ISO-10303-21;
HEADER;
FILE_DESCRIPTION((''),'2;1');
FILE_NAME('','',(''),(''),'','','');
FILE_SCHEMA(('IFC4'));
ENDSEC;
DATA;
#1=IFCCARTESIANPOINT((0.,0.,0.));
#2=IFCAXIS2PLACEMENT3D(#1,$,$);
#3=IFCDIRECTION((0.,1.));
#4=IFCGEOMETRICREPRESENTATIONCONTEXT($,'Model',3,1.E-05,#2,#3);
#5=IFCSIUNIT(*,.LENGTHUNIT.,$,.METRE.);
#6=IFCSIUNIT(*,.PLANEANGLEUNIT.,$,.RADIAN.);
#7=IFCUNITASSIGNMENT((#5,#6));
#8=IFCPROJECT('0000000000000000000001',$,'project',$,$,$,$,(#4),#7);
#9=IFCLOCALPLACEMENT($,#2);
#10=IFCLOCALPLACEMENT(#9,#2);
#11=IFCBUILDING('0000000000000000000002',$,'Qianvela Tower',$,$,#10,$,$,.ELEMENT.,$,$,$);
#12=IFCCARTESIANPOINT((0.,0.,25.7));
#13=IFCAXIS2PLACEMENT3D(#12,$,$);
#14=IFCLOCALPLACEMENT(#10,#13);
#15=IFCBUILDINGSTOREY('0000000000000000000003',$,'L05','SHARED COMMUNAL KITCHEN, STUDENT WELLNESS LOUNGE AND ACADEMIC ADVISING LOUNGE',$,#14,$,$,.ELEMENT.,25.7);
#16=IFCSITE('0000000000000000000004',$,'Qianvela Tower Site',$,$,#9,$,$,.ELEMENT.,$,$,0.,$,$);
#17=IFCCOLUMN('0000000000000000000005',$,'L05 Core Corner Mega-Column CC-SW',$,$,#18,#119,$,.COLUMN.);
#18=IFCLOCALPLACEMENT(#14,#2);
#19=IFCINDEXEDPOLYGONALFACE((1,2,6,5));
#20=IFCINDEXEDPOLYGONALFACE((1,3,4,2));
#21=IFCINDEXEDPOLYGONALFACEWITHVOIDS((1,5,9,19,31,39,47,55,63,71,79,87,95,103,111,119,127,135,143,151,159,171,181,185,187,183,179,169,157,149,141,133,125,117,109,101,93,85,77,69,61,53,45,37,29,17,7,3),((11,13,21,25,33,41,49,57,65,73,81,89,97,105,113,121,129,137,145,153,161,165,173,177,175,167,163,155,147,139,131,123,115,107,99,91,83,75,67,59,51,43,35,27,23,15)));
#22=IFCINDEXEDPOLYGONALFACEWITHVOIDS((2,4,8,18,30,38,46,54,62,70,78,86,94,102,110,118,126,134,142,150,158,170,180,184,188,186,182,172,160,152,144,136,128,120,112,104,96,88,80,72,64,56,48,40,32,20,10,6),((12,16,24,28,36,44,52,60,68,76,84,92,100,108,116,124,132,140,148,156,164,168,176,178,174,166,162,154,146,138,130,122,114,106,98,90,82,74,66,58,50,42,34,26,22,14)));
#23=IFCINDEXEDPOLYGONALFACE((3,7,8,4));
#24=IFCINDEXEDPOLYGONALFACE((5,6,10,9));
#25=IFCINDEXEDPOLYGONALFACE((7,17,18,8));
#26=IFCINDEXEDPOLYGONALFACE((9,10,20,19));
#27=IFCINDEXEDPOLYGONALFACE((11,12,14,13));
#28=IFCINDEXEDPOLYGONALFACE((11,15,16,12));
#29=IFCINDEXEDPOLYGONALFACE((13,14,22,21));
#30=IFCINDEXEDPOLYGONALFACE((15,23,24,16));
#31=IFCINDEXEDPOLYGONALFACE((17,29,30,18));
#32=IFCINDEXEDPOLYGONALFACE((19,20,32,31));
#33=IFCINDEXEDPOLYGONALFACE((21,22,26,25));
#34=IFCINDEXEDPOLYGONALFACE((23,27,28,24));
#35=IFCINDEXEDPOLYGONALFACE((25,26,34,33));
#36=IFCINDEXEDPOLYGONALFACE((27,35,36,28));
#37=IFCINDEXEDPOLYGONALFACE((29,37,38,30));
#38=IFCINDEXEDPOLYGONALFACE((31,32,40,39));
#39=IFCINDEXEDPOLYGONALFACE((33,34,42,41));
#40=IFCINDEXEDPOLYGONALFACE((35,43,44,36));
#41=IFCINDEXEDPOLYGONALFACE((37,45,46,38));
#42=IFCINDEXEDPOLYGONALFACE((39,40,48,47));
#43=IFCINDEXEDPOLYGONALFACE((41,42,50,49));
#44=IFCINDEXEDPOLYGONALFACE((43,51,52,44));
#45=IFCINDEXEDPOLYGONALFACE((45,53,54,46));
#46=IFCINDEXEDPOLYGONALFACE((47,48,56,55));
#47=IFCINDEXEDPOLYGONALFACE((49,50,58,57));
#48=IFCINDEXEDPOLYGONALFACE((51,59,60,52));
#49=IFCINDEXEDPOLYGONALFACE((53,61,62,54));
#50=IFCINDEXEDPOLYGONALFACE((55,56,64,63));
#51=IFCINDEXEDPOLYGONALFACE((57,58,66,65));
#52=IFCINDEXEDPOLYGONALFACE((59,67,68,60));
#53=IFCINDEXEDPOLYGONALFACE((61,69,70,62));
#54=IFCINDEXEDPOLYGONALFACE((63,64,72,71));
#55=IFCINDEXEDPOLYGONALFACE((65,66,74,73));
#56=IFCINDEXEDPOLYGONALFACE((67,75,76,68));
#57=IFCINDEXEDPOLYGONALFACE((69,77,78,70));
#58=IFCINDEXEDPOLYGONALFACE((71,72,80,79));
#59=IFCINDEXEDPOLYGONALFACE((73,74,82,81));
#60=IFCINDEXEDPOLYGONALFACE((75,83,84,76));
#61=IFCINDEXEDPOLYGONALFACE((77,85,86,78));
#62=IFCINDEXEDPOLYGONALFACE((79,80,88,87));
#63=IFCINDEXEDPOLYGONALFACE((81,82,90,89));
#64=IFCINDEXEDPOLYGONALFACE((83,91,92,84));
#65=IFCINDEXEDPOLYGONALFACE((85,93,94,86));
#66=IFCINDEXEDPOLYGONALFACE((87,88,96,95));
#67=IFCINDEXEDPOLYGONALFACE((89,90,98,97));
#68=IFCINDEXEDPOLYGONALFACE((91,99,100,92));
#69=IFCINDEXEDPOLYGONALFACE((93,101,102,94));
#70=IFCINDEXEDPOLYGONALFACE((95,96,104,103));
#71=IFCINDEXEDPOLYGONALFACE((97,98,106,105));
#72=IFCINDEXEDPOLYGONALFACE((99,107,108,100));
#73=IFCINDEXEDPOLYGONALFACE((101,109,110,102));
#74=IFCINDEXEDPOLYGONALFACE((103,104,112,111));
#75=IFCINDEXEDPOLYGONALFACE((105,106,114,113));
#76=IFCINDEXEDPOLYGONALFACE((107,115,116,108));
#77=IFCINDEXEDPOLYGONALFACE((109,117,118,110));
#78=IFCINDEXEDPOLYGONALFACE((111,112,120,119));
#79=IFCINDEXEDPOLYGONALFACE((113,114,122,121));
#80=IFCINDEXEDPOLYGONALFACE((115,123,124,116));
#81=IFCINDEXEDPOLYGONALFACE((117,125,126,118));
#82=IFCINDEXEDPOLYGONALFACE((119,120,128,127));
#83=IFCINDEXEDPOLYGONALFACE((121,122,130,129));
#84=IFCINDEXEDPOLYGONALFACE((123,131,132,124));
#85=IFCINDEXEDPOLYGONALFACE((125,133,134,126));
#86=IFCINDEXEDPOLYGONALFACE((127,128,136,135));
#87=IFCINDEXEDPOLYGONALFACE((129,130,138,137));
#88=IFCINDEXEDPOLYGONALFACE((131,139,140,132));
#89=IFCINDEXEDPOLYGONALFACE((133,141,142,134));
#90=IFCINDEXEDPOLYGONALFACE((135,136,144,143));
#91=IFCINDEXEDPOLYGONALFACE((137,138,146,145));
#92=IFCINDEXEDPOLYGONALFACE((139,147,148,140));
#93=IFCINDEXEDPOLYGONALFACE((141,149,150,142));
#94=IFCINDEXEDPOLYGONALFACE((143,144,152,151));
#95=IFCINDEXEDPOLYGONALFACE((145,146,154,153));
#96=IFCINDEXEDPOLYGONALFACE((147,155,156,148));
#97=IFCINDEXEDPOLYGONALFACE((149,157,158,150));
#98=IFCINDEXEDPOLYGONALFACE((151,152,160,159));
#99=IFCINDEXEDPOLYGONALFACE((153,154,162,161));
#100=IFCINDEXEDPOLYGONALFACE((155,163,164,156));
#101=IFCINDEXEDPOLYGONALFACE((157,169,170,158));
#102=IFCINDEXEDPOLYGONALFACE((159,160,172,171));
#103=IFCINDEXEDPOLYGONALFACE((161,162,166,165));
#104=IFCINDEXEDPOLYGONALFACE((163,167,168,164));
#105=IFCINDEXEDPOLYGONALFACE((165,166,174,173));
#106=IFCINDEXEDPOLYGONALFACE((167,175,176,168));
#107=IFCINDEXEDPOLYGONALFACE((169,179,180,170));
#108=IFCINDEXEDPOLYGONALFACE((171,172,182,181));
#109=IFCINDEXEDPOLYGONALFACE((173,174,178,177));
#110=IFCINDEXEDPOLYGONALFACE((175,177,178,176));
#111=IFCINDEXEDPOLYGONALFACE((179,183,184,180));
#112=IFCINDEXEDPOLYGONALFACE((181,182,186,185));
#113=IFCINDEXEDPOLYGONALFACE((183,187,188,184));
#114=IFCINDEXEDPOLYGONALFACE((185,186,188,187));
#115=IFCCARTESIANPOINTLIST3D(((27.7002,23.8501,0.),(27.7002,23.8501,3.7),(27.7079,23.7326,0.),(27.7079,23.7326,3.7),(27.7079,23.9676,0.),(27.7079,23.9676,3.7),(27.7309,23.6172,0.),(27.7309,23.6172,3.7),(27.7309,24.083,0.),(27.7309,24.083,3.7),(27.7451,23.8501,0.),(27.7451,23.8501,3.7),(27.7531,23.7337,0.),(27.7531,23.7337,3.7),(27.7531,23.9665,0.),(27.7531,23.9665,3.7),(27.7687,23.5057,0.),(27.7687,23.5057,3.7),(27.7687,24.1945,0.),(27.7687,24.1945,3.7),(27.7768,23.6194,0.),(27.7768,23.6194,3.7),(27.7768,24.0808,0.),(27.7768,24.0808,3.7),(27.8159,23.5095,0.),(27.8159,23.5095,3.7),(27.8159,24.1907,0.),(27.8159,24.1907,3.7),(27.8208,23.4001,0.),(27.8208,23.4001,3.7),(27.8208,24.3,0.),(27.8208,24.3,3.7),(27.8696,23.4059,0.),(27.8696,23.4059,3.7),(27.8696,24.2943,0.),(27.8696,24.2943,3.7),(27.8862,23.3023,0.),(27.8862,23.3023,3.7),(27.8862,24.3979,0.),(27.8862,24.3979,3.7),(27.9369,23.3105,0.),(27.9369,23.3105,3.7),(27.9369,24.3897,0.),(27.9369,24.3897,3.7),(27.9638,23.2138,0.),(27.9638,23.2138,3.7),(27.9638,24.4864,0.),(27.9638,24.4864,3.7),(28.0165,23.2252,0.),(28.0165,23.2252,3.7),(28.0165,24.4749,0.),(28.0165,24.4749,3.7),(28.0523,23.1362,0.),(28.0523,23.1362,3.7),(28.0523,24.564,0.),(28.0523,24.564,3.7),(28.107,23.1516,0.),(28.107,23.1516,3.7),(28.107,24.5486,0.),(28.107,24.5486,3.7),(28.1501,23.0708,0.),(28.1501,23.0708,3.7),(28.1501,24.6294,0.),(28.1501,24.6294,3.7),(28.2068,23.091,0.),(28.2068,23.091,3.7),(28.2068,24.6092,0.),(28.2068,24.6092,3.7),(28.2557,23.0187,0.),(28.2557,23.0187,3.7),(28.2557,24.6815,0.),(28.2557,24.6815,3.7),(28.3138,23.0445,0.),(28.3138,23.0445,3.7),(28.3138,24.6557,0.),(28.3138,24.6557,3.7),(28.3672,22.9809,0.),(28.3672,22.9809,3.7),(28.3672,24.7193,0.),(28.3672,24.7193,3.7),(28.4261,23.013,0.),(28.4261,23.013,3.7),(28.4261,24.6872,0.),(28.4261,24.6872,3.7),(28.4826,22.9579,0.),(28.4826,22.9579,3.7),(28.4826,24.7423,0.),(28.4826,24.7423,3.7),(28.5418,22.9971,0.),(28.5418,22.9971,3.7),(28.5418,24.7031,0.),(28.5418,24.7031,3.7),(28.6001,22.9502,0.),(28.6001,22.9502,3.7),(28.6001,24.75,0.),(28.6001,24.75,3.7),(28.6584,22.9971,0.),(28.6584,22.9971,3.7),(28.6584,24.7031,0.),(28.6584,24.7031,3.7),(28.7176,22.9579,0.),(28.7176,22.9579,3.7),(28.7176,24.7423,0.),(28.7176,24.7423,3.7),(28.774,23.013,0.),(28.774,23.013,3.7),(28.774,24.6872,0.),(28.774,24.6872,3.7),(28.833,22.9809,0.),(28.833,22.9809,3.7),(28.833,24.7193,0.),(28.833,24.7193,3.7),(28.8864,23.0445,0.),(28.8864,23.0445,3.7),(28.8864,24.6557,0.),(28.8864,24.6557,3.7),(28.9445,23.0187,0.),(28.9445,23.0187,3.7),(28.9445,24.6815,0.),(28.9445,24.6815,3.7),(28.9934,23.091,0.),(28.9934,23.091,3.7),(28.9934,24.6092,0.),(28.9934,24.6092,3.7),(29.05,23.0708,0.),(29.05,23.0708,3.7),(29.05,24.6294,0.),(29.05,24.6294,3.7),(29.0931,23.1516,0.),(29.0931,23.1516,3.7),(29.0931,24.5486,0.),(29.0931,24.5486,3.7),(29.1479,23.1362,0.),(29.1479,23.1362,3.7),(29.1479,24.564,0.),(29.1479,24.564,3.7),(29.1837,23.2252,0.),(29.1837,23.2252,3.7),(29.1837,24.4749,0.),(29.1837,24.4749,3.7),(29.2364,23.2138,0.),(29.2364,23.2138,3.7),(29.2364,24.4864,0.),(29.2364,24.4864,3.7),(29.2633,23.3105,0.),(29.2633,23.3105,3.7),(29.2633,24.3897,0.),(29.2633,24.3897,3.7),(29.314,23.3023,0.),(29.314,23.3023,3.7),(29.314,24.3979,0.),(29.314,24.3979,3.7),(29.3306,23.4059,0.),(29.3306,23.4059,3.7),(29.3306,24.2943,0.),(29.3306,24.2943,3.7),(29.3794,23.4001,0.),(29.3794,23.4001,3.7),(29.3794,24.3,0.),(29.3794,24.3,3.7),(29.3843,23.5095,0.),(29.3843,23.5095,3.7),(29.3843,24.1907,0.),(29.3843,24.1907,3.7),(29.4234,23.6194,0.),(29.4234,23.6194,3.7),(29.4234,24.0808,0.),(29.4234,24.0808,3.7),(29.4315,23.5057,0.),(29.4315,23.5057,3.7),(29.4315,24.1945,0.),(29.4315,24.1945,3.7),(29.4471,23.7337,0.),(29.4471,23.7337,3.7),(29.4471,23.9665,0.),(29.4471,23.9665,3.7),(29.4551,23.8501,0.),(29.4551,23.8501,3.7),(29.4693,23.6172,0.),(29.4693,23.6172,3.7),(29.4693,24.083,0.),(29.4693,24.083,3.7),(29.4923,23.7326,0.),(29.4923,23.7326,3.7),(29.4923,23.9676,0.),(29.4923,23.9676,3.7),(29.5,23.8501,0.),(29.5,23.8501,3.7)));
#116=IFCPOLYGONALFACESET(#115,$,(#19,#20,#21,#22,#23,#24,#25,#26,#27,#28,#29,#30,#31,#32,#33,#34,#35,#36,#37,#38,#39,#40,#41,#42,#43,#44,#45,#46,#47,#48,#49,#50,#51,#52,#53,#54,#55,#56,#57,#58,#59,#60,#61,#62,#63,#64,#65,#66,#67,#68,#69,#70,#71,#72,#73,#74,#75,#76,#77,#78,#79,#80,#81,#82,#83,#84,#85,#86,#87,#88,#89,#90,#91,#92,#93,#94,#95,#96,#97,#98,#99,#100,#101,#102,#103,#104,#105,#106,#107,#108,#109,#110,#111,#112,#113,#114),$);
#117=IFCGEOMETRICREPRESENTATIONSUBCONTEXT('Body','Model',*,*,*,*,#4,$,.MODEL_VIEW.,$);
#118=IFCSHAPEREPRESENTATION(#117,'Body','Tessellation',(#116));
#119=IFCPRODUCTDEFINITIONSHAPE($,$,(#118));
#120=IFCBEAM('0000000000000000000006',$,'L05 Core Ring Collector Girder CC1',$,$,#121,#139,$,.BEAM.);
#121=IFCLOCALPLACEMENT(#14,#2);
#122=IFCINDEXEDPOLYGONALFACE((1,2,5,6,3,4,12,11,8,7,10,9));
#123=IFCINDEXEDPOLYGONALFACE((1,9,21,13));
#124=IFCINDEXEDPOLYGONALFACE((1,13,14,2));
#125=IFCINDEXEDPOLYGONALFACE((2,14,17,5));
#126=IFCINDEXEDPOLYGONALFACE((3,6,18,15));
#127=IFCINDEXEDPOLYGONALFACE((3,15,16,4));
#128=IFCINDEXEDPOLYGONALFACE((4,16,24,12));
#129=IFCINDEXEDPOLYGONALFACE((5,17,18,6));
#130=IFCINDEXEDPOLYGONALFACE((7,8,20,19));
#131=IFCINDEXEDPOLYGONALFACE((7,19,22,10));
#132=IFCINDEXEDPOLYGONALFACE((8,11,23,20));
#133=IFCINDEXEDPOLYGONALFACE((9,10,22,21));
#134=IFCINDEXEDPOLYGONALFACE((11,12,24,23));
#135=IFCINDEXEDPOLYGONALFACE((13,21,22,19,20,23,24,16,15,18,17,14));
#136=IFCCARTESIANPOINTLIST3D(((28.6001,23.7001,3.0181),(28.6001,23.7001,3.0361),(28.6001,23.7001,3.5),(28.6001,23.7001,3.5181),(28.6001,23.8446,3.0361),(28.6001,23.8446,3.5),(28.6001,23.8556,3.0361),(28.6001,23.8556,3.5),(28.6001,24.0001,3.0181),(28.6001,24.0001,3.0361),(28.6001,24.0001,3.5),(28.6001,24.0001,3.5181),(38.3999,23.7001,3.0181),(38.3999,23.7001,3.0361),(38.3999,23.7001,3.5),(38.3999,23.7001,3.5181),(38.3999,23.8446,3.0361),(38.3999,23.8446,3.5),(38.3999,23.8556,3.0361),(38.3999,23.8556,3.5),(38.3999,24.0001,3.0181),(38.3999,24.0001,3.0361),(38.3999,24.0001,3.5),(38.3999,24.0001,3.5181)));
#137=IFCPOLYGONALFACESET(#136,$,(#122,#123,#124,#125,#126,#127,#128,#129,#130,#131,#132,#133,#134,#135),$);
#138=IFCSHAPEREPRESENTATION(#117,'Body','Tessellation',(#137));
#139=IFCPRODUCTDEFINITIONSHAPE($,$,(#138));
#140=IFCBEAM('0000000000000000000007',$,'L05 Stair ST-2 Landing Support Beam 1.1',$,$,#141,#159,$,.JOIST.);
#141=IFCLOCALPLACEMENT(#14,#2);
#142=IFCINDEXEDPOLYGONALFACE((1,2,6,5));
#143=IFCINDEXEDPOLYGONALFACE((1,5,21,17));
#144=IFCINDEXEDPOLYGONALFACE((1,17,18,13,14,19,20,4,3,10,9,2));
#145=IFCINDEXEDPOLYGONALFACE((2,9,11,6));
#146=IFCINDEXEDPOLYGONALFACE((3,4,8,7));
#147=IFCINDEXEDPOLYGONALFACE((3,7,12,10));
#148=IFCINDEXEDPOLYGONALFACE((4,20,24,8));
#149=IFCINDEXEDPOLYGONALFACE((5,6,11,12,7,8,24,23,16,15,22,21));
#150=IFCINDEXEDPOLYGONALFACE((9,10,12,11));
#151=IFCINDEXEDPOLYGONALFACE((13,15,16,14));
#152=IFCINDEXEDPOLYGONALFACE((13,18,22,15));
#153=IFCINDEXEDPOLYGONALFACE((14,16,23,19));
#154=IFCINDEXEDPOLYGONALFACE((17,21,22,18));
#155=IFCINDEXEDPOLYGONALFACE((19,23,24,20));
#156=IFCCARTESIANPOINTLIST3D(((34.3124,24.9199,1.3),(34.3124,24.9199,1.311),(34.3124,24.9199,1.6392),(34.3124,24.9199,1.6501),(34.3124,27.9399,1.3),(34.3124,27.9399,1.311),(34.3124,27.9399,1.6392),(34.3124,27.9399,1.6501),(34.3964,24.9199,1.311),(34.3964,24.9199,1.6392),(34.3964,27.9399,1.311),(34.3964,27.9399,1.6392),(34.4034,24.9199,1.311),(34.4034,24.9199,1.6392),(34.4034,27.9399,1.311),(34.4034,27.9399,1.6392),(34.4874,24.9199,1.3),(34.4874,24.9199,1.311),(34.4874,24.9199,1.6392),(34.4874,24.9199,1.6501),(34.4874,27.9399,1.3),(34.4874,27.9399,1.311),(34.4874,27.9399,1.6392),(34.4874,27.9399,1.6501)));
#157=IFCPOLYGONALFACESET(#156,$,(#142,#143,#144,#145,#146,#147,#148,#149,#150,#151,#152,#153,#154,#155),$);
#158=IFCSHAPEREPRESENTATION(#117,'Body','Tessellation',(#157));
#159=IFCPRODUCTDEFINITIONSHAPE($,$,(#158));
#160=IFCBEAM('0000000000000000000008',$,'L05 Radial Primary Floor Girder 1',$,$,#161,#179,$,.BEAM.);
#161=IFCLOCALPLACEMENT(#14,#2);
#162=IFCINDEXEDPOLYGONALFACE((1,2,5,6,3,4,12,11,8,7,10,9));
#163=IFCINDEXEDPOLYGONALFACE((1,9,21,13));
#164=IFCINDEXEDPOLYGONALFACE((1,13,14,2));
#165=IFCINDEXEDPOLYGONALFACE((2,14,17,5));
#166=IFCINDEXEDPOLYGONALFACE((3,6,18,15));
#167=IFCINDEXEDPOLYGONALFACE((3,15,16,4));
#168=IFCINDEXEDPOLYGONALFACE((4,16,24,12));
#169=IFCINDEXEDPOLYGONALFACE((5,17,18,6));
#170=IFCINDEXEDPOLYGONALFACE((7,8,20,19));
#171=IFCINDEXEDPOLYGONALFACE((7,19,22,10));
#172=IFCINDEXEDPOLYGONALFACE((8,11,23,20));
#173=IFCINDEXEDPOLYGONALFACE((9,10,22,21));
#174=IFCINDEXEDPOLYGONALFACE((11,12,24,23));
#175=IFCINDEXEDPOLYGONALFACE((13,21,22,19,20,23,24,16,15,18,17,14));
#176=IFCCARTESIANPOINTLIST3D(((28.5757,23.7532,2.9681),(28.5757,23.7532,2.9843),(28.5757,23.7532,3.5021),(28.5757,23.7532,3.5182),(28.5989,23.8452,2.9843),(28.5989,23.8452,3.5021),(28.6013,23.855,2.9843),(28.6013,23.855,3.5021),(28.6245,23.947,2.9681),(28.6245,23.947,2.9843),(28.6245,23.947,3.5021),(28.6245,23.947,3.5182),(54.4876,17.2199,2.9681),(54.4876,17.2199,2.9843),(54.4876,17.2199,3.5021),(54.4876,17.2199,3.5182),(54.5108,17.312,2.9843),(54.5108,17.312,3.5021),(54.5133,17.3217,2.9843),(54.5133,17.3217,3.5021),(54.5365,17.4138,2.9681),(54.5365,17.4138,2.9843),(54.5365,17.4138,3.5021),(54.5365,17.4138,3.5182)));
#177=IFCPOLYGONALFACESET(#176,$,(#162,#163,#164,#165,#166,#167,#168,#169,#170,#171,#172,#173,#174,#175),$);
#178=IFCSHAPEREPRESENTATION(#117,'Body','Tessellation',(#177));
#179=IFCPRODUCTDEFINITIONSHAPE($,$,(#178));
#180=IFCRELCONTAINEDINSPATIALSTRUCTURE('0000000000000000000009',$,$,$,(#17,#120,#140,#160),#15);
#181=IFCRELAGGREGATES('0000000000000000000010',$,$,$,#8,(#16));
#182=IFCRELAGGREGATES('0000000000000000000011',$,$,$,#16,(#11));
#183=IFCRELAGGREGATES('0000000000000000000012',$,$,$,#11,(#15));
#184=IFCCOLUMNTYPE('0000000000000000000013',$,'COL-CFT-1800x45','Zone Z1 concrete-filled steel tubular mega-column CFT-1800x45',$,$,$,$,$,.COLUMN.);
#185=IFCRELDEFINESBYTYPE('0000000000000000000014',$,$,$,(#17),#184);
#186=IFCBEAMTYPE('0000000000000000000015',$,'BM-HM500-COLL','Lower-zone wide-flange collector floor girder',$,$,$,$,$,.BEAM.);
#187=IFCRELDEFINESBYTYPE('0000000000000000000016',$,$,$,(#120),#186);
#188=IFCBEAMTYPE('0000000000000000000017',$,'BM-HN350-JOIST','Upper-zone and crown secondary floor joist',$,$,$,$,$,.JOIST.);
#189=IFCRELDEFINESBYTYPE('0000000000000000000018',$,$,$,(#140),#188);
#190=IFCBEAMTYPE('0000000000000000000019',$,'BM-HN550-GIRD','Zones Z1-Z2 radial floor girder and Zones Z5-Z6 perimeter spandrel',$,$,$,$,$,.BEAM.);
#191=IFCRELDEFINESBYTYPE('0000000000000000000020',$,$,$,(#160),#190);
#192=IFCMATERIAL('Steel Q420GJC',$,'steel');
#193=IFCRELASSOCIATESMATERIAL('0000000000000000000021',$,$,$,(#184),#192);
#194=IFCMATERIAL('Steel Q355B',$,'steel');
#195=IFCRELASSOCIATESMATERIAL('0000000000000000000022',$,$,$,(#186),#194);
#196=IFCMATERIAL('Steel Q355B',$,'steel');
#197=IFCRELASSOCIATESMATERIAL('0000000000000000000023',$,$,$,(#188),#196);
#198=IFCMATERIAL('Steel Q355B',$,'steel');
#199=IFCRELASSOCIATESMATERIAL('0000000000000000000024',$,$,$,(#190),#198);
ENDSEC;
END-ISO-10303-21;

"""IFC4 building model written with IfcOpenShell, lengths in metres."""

from ifc_helpers import new_model, si_unit, direction, frame, origin, origin_2d, place, context, subcontext, project, spatial, hollow_circle, i_section, extrude, material, material_profile, profile_set, type_object, element, save


model = new_model("IFC4")

# Units and contexts
model_context = context("Model", 3, precision=1e-05, world=origin(), true_north=direction((0.0, 1.0)))
body_context = subcontext(model_context, "Body", "Model", "MODEL_VIEW")
ifc_project = project(units=[si_unit("LENGTHUNIT", "METRE"), si_unit("PLANEANGLEUNIT", "RADIAN")], contexts=[model_context])

# Site, building, storey
site_placement = place(None, origin())
site = spatial("IfcSite", under=ifc_project, at=site_placement, Name="Qianvela Tower Site", CompositionType="ELEMENT", RefElevation=0.0)
building_placement = place(site_placement, origin())
building = spatial("IfcBuilding", under=site, at=building_placement, Name="Qianvela Tower", CompositionType="ELEMENT")
storey_placement = place(building_placement, frame((0.0, 0.0, 25.7)))
storey = spatial("IfcBuildingStorey", under=building, at=storey_placement, Name="L05", Description="SHARED COMMUNAL KITCHEN, STUDENT WELLNESS LOUNGE AND ACADEMIC ADVISING LOUNGE", CompositionType="ELEMENT", Elevation=25.7)

# Column
ifc_material_1 = material(Name="Steel Q420GJC", Category="steel")
ifc_material_profile_1 = material_profile(ifc_material_1, hollow_circle(Radius=0.8999, WallThickness=0.0449, at=origin_2d()), Name="CFT-1800x45")
ifc_profile_set_1 = profile_set([ifc_material_profile_1], Name="Steel Q420GJC")
column_type = type_object("IfcColumnType", Name="COL-CFT-1800x45", Description="Zone Z1 concrete-filled steel tubular mega-column CFT-1800x45", PredefinedType="COLUMN", material=ifc_profile_set_1)
column_placement = place(storey_placement, frame((28.6001, 23.8501, 0.0), z_axis=(0.0, 0.0, 1.0), x_axis=(1.0, 0.0, 0.0)))
element("IfcColumn", 1, at=column_placement, inside=storey, type_object=column_type, Name="L05 Core Corner Mega-Column CC-SW", PredefinedType="COLUMN", context=body_context, shape_type="SweptSolid", body=[
    extrude(hollow_circle(Radius=0.8999, WallThickness=0.0449, at=origin_2d()), origin(), (0.0, 0.0, 1.0), 3.7),
])

# Beams
ifc_material_2 = material(Name="Steel Q355B", Category="steel")
ifc_material_profile_2 = material_profile(ifc_material_2, i_section(OverallWidth=0.3, OverallDepth=0.5, WebThickness=0.011, FlangeThickness=0.0181, at=origin_2d()), Name="HM500x300x11x18")
ifc_profile_set_2 = profile_set([ifc_material_profile_2], Name="Steel Q355B")
beam_type_1 = type_object("IfcBeamType", Name="BM-HM500-COLL", Description="Lower-zone wide-flange collector floor girder", PredefinedType="BEAM", material=ifc_profile_set_2)
beam_1_placement = place(storey_placement, frame((28.6001, 23.8501, 3.2681), z_axis=(1.0, 0.0, 0.0), x_axis=(0.0, 1.0, 0.0)))
element("IfcBeam", 2, at=beam_1_placement, inside=storey, type_object=beam_type_1, Name="L05 Core Ring Collector Girder CC1", PredefinedType="BEAM", context=body_context, shape_type="SweptSolid", body=[
    extrude(i_section(OverallWidth=0.3, OverallDepth=0.5, WebThickness=0.011, FlangeThickness=0.0181, at=origin_2d()), origin(), (0.0, 0.0, 1.0), 9.7998),
])
ifc_material_3 = material(Name="Steel Q355B", Category="steel")
ifc_material_profile_3 = material_profile(ifc_material_3, i_section(OverallWidth=0.175, OverallDepth=0.3501, WebThickness=0.0071, FlangeThickness=0.011, at=origin_2d()), Name="HN350x175x7x11")
ifc_profile_set_3 = profile_set([ifc_material_profile_3], Name="Steel Q355B")
beam_type_2 = type_object("IfcBeamType", Name="BM-HN350-JOIST", Description="Upper-zone and crown secondary floor joist", PredefinedType="JOIST", material=ifc_profile_set_3)
beam_2_placement = place(storey_placement, frame((34.3999, 24.9199, 1.4751), z_axis=(0.0, 1.0, 0.0), x_axis=(-1.0, 0.0, 0.0)))
element("IfcBeam", 3, at=beam_2_placement, inside=storey, type_object=beam_type_2, Name="L05 Stair ST-2 Landing Support Beam 1.1", PredefinedType="JOIST", context=body_context, shape_type="SweptSolid", body=[
    extrude(i_section(OverallWidth=0.175, OverallDepth=0.3501, WebThickness=0.0071, FlangeThickness=0.011, at=origin_2d()), origin(), (0.0, 0.0, 1.0), 3.02),
])
ifc_material_4 = material(Name="Steel Q355B", Category="steel")
ifc_material_profile_4 = material_profile(ifc_material_4, i_section(OverallWidth=0.2, OverallDepth=0.55, WebThickness=0.01, FlangeThickness=0.0161, at=origin_2d()), Name="HN550x200x10x16")
ifc_profile_set_4 = profile_set([ifc_material_profile_4], Name="Steel Q355B")
beam_type_3 = type_object("IfcBeamType", Name="BM-HN550-GIRD", Description="Zones Z1-Z2 radial floor girder and Zones Z5-Z6 perimeter spandrel", PredefinedType="BEAM", material=ifc_profile_set_4)
beam_3_placement = place(storey_placement, frame((28.6001, 23.8501, 3.2432), z_axis=(0.969654, -0.244481, 0.0), x_axis=(0.244481, 0.969654, 0.0)))
element("IfcBeam", 4, at=beam_3_placement, inside=storey, type_object=beam_type_3, Name="L05 Radial Primary Floor Girder 1", PredefinedType="BEAM", context=body_context, shape_type="SweptSolid", body=[
    extrude(i_section(OverallWidth=0.2, OverallDepth=0.55, WebThickness=0.01, FlangeThickness=0.0161, at=origin_2d()), origin(), (0.0, 0.0, 1.0), 26.7229),
])

save(model, "model.ifc")
